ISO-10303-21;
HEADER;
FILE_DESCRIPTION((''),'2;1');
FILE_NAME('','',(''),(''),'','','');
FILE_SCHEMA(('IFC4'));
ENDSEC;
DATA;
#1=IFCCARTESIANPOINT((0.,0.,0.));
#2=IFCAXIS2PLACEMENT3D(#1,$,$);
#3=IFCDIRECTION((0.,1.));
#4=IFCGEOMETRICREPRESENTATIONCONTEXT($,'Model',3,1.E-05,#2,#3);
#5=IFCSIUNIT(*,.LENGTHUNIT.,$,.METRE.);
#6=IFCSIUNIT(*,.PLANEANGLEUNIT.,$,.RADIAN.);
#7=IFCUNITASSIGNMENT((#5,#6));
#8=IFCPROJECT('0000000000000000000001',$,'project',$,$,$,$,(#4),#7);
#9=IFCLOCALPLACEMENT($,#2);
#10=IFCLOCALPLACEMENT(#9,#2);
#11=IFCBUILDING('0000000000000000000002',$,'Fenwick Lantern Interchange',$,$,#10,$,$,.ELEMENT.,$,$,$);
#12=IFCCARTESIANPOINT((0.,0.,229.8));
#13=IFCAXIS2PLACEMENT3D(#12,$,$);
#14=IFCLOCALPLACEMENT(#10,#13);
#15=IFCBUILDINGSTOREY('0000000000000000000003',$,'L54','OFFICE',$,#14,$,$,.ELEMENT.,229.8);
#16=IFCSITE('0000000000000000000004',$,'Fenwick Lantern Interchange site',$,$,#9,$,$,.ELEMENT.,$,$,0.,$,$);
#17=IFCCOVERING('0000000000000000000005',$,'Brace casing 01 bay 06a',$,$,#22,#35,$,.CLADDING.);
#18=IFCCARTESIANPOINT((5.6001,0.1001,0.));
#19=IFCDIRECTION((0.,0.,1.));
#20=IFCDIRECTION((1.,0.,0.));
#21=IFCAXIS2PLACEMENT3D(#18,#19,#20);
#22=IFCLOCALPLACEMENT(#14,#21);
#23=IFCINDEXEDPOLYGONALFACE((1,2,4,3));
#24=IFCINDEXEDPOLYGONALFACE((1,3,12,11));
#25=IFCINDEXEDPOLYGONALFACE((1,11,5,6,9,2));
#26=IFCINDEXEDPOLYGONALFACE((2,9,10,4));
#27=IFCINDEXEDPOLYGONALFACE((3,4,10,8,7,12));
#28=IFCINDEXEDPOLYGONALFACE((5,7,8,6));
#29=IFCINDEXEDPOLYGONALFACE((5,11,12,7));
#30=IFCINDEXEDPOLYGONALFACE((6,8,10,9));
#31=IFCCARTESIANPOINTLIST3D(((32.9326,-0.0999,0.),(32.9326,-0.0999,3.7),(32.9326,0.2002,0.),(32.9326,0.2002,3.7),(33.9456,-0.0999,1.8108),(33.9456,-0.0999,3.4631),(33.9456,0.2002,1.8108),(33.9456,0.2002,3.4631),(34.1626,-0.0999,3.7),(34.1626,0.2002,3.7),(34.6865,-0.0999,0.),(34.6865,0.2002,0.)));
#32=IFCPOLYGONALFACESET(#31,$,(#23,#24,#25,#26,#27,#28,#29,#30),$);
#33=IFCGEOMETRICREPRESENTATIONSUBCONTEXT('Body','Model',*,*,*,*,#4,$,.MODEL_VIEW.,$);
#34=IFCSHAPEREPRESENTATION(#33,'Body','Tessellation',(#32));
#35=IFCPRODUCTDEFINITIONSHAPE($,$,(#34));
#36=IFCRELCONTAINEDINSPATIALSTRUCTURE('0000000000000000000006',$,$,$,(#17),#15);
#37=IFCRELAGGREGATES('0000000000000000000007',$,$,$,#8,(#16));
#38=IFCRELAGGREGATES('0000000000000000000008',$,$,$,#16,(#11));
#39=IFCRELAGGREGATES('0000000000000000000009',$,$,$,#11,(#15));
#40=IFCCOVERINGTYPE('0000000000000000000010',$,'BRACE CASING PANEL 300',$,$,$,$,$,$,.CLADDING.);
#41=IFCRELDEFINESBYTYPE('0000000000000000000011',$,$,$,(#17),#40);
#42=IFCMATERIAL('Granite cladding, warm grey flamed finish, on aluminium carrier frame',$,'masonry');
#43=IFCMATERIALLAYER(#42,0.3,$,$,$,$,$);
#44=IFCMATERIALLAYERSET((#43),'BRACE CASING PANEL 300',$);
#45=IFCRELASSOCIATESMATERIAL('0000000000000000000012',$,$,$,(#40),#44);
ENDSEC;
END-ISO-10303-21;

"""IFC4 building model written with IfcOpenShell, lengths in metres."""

from ifc_helpers import new_model, si_unit, direction, frame, origin, place, context, subcontext, project, spatial, polyline, outline, extrude, material, layer, layer_set, type_object, element, save


model = new_model("IFC4")

# Units and contexts
model_context = context("Model", 3, precision=1e-05, world=origin(), true_north=direction((0.0, 1.0)))
body_context = subcontext(model_context, "Body", "Model", "MODEL_VIEW")
ifc_project = project(units=[si_unit("LENGTHUNIT", "METRE"), si_unit("PLANEANGLEUNIT", "RADIAN")], contexts=[model_context])

# Site, building, storey
site_placement = place(None, origin())
site = spatial("IfcSite", under=ifc_project, at=site_placement, Name="Fenwick Lantern Interchange site", CompositionType="ELEMENT", RefElevation=0.0)
building_placement = place(site_placement, origin())
building = spatial("IfcBuilding", under=site, at=building_placement, Name="Fenwick Lantern Interchange", CompositionType="ELEMENT")
storey_placement = place(building_placement, frame((0.0, 0.0, 229.8)))
storey = spatial("IfcBuildingStorey", under=building, at=storey_placement, Name="L54", Description="OFFICE", CompositionType="ELEMENT", Elevation=229.8)

# Covering
ifc_material_1 = material(Name="Granite cladding, warm grey flamed finish, on aluminium carrier frame", Category="masonry")
ifc_layer_1 = layer(ifc_material_1, 0.3)
ifc_layer_set_1 = layer_set([ifc_layer_1], Name="BRACE CASING PANEL 300")
covering_type = type_object("IfcCoveringType", Name="BRACE CASING PANEL 300", PredefinedType="CLADDING", material=ifc_layer_set_1)
covering_placement = place(storey_placement, frame((5.6001, 0.1001, 0.0), z_axis=(0.0, 0.0, 1.0), x_axis=(1.0, 0.0, 0.0)))
element("IfcCovering", 1, at=covering_placement, inside=storey, type_object=covering_type, Name="Brace casing 01 bay 06a", PredefinedType="CLADDING", context=body_context, shape_type="SweptSolid", body=[
    extrude(outline(polyline([(32.9326, 0.0), (34.6865, 0.0), (33.9456, 1.8108), (33.9456, 3.4631), (34.1626, 3.7), (32.9326, 3.7), (32.9326, 0.0)])), frame((0.0, 0.2002, 0.0), z_axis=(0.0, -1.0, 0.0), x_axis=(1.0, 0.0, 0.0)), (0.0, 0.0, 1.0), 0.3),
])

save(model, "model.ifc")
